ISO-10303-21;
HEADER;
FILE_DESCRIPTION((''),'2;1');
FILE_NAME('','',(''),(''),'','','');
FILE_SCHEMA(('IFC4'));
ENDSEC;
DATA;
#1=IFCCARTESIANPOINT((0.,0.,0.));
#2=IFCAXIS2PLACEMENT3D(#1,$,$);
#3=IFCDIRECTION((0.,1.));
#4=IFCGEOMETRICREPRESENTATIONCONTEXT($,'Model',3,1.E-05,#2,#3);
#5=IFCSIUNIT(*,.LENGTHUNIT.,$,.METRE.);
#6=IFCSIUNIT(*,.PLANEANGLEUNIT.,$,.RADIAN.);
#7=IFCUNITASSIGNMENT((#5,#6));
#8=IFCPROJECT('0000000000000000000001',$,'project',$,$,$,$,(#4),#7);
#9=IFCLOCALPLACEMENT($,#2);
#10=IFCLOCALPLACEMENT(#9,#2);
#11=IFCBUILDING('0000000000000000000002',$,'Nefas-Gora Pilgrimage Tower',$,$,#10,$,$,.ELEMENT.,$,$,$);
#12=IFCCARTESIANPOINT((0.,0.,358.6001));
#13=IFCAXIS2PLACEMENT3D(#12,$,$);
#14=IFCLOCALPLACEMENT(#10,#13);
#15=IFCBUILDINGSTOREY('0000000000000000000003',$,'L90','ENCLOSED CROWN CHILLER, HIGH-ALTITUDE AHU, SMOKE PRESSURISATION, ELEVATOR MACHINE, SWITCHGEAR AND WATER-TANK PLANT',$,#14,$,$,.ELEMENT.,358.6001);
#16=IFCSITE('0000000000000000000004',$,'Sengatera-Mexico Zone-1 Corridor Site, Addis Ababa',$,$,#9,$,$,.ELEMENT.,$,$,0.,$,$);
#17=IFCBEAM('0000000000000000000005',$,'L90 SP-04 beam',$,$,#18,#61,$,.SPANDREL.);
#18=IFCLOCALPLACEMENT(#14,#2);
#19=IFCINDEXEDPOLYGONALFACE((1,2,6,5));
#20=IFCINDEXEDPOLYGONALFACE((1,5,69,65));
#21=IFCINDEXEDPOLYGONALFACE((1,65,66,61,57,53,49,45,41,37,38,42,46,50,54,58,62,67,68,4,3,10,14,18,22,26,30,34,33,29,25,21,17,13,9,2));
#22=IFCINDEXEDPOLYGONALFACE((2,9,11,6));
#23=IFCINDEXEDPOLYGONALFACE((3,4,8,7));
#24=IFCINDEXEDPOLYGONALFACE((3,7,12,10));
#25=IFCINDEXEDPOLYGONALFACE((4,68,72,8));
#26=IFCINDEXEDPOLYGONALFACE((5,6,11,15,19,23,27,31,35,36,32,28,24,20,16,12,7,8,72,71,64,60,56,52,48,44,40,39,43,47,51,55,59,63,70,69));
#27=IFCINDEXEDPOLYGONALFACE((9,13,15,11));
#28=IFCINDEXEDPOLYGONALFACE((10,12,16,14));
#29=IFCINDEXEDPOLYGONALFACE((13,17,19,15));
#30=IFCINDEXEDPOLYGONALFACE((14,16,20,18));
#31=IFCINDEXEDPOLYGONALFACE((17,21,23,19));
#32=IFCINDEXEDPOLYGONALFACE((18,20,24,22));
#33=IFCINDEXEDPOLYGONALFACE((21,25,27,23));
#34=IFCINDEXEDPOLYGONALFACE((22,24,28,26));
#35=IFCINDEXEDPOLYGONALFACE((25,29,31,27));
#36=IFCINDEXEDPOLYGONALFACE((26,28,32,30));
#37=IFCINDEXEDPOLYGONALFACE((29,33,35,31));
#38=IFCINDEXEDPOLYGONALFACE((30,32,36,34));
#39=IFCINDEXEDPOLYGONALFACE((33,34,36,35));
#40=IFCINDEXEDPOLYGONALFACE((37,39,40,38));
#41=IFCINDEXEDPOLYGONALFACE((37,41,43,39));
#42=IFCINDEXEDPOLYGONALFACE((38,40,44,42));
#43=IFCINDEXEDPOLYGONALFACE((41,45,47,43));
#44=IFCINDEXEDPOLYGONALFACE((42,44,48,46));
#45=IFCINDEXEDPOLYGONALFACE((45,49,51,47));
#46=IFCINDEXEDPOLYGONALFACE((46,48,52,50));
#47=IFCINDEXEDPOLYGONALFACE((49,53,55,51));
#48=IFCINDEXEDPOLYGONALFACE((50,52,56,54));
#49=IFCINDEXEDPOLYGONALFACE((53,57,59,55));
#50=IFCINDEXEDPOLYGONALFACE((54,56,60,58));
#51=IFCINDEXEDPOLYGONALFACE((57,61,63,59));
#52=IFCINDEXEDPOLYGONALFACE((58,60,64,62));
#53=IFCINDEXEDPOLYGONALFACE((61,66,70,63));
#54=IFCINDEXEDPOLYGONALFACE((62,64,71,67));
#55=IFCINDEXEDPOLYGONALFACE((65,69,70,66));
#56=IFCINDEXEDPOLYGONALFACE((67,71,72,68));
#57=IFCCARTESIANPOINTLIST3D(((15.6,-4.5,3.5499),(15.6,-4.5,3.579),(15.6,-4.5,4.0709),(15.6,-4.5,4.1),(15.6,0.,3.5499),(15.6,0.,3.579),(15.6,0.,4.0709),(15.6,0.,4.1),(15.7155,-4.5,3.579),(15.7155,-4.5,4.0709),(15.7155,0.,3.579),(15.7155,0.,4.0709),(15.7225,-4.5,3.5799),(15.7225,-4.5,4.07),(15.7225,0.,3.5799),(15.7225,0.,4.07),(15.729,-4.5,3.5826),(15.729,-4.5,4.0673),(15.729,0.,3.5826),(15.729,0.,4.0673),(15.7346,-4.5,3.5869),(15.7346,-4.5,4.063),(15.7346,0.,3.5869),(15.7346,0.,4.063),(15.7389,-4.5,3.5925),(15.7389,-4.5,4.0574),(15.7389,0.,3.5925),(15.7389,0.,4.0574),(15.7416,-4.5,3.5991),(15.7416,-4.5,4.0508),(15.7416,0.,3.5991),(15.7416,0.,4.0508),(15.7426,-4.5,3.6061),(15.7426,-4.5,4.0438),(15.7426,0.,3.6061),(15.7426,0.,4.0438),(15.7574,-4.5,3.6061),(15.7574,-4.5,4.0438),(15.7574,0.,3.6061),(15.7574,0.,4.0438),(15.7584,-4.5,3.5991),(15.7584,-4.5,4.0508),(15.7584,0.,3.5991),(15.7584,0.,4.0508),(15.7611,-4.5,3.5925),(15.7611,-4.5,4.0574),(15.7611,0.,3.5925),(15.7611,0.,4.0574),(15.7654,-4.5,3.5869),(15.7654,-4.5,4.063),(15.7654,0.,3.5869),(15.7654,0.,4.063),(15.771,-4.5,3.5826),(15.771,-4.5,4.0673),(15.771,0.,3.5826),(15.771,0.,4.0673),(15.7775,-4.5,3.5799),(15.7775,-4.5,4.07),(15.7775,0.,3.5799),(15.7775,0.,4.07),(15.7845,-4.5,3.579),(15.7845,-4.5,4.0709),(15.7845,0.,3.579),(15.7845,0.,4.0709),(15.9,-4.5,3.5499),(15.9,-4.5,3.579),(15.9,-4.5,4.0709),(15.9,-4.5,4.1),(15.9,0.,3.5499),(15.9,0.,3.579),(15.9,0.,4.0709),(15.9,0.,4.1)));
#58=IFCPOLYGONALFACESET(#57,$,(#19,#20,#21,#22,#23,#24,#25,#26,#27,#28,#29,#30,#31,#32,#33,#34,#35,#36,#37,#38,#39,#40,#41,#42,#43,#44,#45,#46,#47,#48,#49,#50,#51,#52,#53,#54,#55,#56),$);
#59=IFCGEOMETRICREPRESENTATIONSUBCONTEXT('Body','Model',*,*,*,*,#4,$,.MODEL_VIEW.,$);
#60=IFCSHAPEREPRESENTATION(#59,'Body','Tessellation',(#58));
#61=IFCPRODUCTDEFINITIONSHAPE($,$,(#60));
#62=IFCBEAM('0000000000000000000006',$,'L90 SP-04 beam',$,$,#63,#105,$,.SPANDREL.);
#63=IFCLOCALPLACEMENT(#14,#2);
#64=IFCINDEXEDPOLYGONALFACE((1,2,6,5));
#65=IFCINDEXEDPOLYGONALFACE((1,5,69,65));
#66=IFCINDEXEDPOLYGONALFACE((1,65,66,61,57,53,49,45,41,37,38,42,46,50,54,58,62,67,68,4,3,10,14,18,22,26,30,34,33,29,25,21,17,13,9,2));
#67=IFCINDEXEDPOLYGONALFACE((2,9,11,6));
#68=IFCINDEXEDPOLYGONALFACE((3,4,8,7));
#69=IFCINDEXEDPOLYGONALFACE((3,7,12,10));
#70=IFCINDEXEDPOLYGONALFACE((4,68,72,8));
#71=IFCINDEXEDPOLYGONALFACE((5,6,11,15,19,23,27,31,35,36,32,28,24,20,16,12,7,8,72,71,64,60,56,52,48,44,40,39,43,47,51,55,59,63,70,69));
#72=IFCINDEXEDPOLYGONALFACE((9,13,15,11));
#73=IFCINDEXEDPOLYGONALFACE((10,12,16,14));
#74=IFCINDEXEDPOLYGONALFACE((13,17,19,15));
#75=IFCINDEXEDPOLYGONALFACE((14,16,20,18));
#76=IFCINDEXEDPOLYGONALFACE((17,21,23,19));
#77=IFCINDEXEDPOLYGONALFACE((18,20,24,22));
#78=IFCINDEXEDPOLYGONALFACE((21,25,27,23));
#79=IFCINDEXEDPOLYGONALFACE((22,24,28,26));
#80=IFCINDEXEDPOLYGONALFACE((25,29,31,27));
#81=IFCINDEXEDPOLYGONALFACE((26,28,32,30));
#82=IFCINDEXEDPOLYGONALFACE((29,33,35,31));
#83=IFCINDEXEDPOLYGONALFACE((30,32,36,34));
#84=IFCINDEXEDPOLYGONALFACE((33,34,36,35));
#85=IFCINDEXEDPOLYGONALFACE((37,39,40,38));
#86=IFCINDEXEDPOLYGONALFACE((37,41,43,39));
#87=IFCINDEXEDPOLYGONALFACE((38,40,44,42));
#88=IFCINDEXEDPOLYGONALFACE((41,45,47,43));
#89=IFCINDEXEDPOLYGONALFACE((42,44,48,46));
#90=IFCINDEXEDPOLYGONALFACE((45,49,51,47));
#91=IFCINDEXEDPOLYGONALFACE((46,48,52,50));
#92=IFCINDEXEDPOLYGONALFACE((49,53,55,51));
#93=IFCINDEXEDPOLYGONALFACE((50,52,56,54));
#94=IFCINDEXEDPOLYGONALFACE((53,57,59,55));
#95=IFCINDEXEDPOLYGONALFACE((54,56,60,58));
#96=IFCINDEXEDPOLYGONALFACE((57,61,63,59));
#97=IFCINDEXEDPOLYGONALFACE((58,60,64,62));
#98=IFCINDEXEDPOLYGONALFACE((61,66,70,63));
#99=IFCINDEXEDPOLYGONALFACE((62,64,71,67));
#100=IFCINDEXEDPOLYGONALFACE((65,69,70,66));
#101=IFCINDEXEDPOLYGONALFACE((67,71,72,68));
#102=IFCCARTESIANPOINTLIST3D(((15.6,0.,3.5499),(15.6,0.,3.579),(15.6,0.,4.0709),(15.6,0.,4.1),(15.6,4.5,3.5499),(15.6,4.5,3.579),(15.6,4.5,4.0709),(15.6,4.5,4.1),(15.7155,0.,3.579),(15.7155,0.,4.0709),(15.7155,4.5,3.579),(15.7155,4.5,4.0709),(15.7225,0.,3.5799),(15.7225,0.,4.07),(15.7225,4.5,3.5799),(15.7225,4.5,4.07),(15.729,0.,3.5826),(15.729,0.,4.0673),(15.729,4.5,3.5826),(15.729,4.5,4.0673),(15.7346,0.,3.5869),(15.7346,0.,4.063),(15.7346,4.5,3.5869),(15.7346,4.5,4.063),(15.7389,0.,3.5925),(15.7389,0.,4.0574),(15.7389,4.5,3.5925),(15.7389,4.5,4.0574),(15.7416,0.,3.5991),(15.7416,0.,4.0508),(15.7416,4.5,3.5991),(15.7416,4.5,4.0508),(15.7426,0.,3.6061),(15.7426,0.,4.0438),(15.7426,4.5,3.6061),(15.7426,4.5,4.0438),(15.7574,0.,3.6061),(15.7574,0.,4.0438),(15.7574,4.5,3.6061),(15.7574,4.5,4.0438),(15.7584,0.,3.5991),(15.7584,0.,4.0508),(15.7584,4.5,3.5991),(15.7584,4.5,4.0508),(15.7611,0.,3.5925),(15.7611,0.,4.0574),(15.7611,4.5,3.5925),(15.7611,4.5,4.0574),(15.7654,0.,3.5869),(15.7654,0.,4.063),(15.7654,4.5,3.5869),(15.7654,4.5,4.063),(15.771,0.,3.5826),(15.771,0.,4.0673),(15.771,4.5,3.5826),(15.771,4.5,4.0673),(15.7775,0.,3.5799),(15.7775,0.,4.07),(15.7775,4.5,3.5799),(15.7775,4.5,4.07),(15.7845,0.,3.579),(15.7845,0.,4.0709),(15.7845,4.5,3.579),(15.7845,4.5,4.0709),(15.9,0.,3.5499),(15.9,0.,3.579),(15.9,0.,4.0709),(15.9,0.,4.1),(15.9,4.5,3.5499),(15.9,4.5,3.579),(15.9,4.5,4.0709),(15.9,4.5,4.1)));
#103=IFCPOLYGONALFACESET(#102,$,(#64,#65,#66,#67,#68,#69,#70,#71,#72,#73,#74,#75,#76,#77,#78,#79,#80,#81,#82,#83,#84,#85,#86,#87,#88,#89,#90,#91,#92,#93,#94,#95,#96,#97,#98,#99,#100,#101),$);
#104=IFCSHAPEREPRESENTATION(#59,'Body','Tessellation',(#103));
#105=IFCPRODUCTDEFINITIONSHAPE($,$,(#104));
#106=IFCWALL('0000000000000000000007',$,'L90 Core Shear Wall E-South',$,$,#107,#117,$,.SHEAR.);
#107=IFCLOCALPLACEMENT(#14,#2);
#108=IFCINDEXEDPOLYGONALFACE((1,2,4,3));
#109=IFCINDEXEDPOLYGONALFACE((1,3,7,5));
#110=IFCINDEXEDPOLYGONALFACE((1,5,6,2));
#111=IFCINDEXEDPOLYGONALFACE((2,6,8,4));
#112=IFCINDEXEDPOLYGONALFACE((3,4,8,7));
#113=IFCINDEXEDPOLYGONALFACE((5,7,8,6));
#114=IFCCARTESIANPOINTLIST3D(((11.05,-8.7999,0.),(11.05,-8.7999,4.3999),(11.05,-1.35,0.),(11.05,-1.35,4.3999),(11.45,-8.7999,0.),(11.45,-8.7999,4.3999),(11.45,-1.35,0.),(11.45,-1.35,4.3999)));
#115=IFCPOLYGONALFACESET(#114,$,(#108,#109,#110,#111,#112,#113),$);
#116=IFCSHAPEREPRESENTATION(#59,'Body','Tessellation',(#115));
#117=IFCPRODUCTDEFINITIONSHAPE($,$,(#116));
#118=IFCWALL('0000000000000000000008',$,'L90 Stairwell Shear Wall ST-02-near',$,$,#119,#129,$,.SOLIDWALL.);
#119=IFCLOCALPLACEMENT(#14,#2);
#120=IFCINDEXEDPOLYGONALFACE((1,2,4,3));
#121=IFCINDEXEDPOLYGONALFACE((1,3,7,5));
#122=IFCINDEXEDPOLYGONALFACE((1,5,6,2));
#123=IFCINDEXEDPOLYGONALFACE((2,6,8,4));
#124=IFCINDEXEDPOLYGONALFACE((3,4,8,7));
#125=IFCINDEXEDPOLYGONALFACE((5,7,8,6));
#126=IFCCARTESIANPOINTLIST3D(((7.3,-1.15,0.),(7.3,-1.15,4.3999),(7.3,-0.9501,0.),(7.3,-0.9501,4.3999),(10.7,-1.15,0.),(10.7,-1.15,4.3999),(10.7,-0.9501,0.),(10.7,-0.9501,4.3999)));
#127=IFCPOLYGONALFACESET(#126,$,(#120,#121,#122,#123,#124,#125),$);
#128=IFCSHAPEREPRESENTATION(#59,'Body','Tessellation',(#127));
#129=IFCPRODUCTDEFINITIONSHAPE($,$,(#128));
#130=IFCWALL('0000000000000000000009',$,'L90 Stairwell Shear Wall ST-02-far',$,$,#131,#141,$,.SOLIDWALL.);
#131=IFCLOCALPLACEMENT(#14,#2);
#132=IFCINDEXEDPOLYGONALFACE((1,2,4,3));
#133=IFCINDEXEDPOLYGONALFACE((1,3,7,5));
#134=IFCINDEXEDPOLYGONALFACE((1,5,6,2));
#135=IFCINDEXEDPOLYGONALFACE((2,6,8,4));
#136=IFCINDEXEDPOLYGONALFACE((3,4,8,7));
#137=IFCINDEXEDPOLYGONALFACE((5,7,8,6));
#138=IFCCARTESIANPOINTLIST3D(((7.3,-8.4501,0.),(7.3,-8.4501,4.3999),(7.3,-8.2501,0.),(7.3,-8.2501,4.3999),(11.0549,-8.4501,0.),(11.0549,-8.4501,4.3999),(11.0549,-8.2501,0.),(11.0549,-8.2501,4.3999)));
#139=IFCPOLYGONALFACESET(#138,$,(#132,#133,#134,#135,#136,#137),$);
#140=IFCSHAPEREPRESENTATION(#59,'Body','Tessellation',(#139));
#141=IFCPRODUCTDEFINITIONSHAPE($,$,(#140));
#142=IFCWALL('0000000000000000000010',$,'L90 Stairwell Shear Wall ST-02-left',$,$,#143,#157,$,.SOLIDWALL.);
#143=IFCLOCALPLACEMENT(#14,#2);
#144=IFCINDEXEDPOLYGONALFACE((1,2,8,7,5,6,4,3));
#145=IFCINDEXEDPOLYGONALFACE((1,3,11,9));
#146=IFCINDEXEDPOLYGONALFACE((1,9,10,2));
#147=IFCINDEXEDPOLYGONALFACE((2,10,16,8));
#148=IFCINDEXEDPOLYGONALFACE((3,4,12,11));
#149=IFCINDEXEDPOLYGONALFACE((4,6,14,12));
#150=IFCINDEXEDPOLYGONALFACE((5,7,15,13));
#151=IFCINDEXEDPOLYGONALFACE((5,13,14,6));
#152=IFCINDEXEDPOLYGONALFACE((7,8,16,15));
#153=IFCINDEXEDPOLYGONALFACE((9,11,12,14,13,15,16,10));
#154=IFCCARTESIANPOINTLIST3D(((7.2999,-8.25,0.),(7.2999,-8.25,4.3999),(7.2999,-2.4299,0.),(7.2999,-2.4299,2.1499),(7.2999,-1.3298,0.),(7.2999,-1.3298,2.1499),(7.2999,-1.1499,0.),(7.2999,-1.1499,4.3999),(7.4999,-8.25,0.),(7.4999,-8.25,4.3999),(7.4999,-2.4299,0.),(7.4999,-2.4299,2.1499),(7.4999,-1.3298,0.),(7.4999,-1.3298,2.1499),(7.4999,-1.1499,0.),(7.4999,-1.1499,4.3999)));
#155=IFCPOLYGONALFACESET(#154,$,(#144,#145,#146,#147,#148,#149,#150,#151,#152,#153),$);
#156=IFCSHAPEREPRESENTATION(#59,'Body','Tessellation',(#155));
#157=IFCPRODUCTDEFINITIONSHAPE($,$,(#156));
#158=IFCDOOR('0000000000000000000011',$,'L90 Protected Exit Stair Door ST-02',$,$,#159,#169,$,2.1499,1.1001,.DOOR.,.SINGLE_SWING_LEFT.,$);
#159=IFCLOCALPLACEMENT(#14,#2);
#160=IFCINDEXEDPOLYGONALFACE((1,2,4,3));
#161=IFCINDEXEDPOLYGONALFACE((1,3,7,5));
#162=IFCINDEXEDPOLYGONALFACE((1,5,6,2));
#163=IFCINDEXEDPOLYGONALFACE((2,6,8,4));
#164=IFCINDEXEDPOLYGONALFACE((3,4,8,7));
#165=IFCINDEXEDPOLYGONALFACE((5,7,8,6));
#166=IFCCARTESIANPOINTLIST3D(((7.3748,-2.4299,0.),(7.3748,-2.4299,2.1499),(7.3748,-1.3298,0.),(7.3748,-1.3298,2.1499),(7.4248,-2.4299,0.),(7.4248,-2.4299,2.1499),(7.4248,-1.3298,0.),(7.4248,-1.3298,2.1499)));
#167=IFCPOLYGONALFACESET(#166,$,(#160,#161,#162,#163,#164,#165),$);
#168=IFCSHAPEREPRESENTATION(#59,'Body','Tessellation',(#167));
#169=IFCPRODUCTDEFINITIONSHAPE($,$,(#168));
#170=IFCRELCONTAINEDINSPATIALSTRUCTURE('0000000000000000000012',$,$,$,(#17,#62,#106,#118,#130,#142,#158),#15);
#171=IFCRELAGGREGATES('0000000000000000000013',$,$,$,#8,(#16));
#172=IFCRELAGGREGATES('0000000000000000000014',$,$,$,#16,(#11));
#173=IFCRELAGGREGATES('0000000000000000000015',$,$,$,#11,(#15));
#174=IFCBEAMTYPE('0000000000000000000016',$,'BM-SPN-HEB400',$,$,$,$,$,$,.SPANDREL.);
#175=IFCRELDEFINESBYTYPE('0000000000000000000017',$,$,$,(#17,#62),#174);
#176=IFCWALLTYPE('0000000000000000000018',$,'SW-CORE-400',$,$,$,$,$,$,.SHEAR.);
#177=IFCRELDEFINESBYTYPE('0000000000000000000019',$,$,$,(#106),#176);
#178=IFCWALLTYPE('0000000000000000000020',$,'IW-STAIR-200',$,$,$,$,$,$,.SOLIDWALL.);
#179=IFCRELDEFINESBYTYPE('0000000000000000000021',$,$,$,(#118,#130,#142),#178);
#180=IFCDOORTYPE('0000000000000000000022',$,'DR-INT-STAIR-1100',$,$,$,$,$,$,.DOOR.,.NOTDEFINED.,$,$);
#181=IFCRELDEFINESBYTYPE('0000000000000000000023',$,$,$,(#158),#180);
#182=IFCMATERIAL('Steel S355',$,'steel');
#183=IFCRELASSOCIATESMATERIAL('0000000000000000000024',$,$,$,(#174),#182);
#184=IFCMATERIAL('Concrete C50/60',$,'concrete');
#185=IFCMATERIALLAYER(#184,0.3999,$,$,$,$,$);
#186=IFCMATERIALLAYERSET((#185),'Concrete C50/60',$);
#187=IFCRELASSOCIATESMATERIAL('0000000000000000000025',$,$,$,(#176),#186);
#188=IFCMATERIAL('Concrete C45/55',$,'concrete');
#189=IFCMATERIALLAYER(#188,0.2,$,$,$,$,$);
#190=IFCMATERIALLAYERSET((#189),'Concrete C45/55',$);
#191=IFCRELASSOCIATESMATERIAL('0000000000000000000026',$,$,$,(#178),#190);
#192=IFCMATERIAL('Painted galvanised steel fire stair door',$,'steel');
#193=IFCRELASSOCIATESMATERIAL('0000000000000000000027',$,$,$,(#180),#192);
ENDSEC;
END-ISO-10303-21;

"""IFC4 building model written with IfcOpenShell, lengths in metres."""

from ifc_helpers import new_model, si_unit, direction, frame, frame_2d, origin, origin_2d, place, context, subcontext, project, spatial, rectangle, i_section, extrude, source, transform, mapped, material, layer, layer_set, material_profile, profile_set, type_object, element, fill, save


model = new_model("IFC4")

# Units and contexts
model_context = context("Model", 3, precision=1e-05, world=origin(), true_north=direction((0.0, 1.0)))
body_context = subcontext(model_context, "Body", "Model", "MODEL_VIEW")
ifc_project = project(units=[si_unit("LENGTHUNIT", "METRE"), si_unit("PLANEANGLEUNIT", "RADIAN")], contexts=[model_context])

# Site, building, storey
site_placement = place(None, origin())
site = spatial("IfcSite", under=ifc_project, at=site_placement, Name="Sengatera-Mexico Zone-1 Corridor Site, Addis Ababa", CompositionType="ELEMENT", RefElevation=0.0)
building_placement = place(site_placement, origin())
building = spatial("IfcBuilding", under=site, at=building_placement, Name="Nefas-Gora Pilgrimage Tower", CompositionType="ELEMENT")
storey_placement = place(building_placement, frame((0.0, 0.0, 358.6001)))
storey = spatial("IfcBuildingStorey", under=building, at=storey_placement, Name="L90", Description="ENCLOSED CROWN CHILLER, HIGH-ALTITUDE AHU, SMOKE PRESSURISATION, ELEVATOR MACHINE, SWITCHGEAR AND WATER-TANK PLANT", CompositionType="ELEMENT", Elevation=358.6001)

# Shared definitions
ifc_material_1 = material(Name="Steel S355", Category="steel")

# Beams
ifc_material_2 = material(Name="Concrete C50/60", Category="concrete")
ifc_material_profile_1 = material_profile(ifc_material_1, i_section(OverallWidth=0.3, OverallDepth=0.55, WebThickness=0.0149, FlangeThickness=0.0291, FilletRadius=0.0271, at=origin_2d()), Name="HEB 550")
ifc_profile_set_1 = profile_set([ifc_material_profile_1], Name="Steel S355")
beam_type_1 = type_object("IfcBeamType", Name="BM-SPN-HEB400", PredefinedType="SPANDREL", material=ifc_profile_set_1)
shared_shape_1 = source(origin(), body_context, "Body", "SweptSolid", [
    extrude(i_section(OverallWidth=0.3, OverallDepth=0.55, WebThickness=0.0149, FlangeThickness=0.0291, FilletRadius=0.0271, at=origin_2d()), origin(), (0.0, 0.0, 1.0), 4.5),
])
for number, where, z_axis, x_axis, name in (
    (1, (15.75, -4.5, 3.825), (0.0, 1.0, 0.0), (-1.0, 0.0, 0.0), "L90 SP-04 beam"),
    (2, (15.75, 0.0, 3.825), (0.0, 1.0, 0.0), (-1.0, 0.0, 0.0), "L90 SP-04 beam"),
):
    element("IfcBeam", number, at=place(storey_placement, frame(where, z_axis=z_axis, x_axis=x_axis)), inside=storey, type_object=beam_type_1, Name=name, PredefinedType="SPANDREL", context=body_context, shape_type="MappedRepresentation", body=[
        mapped(shared_shape_1, transform((0.0, 0.0, 0.0), x_axis=(1.0, 0.0, 0.0), y_axis=(0.0, 1.0, 0.0), z_axis=(0.0, 0.0, 1.0), scale=1.0)),
    ])

# Walls
ifc_layer_1 = layer(ifc_material_2, 0.3999)
ifc_layer_set_1 = layer_set([ifc_layer_1], Name="Concrete C50/60")
wall_type_1 = type_object("IfcWallType", Name="SW-CORE-400", PredefinedType="SHEAR", material=ifc_layer_set_1)
shared_shape_2 = source(origin(), body_context, "Body", "SweptSolid", [
    extrude(rectangle(XDim=7.45, YDim=0.3999, at=frame_2d((3.7251, 0.0))), origin(), (0.0, 0.0, 1.0), 4.3999),
])
wall_1_placement = place(storey_placement, frame((11.25, -8.8, 0.0), z_axis=(0.0, 0.0, 1.0), x_axis=(0.0, 1.0, 0.0)))
element("IfcWall", 3, at=wall_1_placement, inside=storey, type_object=wall_type_1, Name="L90 Core Shear Wall E-South", PredefinedType="SHEAR", context=body_context, shape_type="MappedRepresentation", body=[
    mapped(shared_shape_2, transform((0.0, 0.0, 0.0), x_axis=(1.0, 0.0, 0.0), y_axis=(0.0, 1.0, 0.0), z_axis=(0.0, 0.0, 1.0), scale=1.0)),
])
ifc_material_3 = material(Name="Concrete C45/55", Category="concrete")
ifc_layer_2 = layer(ifc_material_3, 0.2)
ifc_layer_set_2 = layer_set([ifc_layer_2], Name="Concrete C45/55")
wall_type_2 = type_object("IfcWallType", Name="IW-STAIR-200", PredefinedType="SOLIDWALL", material=ifc_layer_set_2)
shared_shape_3 = source(origin(), body_context, "Body", "SweptSolid", [
    extrude(rectangle(XDim=3.3999, YDim=0.2, at=frame_2d((1.7, 0.0))), origin(), (0.0, 0.0, 1.0), 4.3999),
])
wall_2_placement = place(storey_placement, frame((7.3, -1.05, 0.0), z_axis=(0.0, 0.0, 1.0), x_axis=(1.0, 0.0, 0.0)))
element("IfcWall", 4, at=wall_2_placement, inside=storey, type_object=wall_type_2, Name="L90 Stairwell Shear Wall ST-02-near", PredefinedType="SOLIDWALL", context=body_context, shape_type="MappedRepresentation", body=[
    mapped(shared_shape_3, transform((0.0, 0.0, 0.0), x_axis=(1.0, 0.0, 0.0), y_axis=(0.0, 1.0, 0.0), z_axis=(0.0, 0.0, 1.0), scale=1.0)),
])
shared_shape_4 = source(origin(), body_context, "Body", "SweptSolid", [
    extrude(rectangle(XDim=3.7549, YDim=0.2, at=frame_2d((1.8774, 0.0))), origin(), (0.0, 0.0, 1.0), 4.3999),
])
wall_3_placement = place(storey_placement, frame((7.3, -8.3501, 0.0), z_axis=(0.0, 0.0, 1.0), x_axis=(1.0, 0.0, 0.0)))
element("IfcWall", 5, at=wall_3_placement, inside=storey, type_object=wall_type_2, Name="L90 Stairwell Shear Wall ST-02-far", PredefinedType="SOLIDWALL", context=body_context, shape_type="MappedRepresentation", body=[
    mapped(shared_shape_4, transform((0.0, 0.0, 0.0), x_axis=(1.0, 0.0, 0.0), y_axis=(0.0, 1.0, 0.0), z_axis=(0.0, 0.0, 1.0), scale=1.0)),
])

# Wall, opening, door
shared_shape_5 = source(origin(), body_context, "Body", "SweptSolid", [
    extrude(rectangle(XDim=7.1001, YDim=0.2, at=frame_2d((3.55, 0.0))), origin(), (0.0, 0.0, 1.0), 4.3999),
])
wall_4_placement = place(storey_placement, frame((7.3999, -1.1499, 0.0), z_axis=(0.0, 0.0, 1.0), x_axis=(0.0, -1.0, 0.0)))
wall_4 = element("IfcWall", 6, at=wall_4_placement, inside=storey, type_object=wall_type_2, Name="L90 Stairwell Shear Wall ST-02-left", PredefinedType="SOLIDWALL", context=body_context, shape_type="MappedRepresentation", body=[
    mapped(shared_shape_5, transform((0.0, 0.0, 0.0), x_axis=(1.0, 0.0, 0.0), y_axis=(0.0, 1.0, 0.0), z_axis=(0.0, 0.0, 1.0), scale=1.0)),
])
opening_1_placement = place(wall_4_placement, frame((0.1799, 0.0, 0.0)))
opening_1 = element("IfcOpeningElement", 7, at=opening_1_placement, cuts=wall_4, PredefinedType="OPENING", context=body_context, shape_type="SweptSolid", body=[
    extrude(rectangle(XDim=1.1001, YDim=2.1499, at=frame_2d((0.55, 1.075))), frame((0.0, 0.1099, 0.0), z_axis=(0.0, -1.0, 0.0), x_axis=(1.0, 0.0, 0.0)), (0.0, 0.0, 1.0), 0.22),
])
ifc_material_4 = material(Name="Painted galvanised steel fire stair door", Category="steel")
door_type_1 = type_object("IfcDoorType", Name="DR-INT-STAIR-1100", OperationType="NOTDEFINED", PredefinedType="DOOR", material=ifc_material_4)
shared_shape_6 = source(origin(), body_context, "Body", "SweptSolid", [
    extrude(rectangle(XDim=1.1001, YDim=2.1499, at=frame_2d((0.55, 1.075))), frame((0.0, 0.0249, 0.0), z_axis=(0.0, -1.0, 0.0), x_axis=(1.0, 0.0, 0.0)), (0.0, 0.0, 1.0), 0.05),
])
door_1_placement = place(opening_1_placement, origin())
door_1 = element("IfcDoor", 8, at=door_1_placement, inside=storey, type_object=door_type_1, Name="L90 Protected Exit Stair Door ST-02", OperationType="SINGLE_SWING_LEFT", OverallHeight=2.1499, OverallWidth=1.1001, PredefinedType="DOOR", context=body_context, shape_type="MappedRepresentation", body=[
    mapped(shared_shape_6, transform((0.0, 0.0, 0.0), x_axis=(1.0, 0.0, 0.0), y_axis=(0.0, 1.0, 0.0), z_axis=(0.0, 0.0, 1.0), scale=1.0)),
])
fill(opening_1, door_1)

save(model, "model.ifc")
